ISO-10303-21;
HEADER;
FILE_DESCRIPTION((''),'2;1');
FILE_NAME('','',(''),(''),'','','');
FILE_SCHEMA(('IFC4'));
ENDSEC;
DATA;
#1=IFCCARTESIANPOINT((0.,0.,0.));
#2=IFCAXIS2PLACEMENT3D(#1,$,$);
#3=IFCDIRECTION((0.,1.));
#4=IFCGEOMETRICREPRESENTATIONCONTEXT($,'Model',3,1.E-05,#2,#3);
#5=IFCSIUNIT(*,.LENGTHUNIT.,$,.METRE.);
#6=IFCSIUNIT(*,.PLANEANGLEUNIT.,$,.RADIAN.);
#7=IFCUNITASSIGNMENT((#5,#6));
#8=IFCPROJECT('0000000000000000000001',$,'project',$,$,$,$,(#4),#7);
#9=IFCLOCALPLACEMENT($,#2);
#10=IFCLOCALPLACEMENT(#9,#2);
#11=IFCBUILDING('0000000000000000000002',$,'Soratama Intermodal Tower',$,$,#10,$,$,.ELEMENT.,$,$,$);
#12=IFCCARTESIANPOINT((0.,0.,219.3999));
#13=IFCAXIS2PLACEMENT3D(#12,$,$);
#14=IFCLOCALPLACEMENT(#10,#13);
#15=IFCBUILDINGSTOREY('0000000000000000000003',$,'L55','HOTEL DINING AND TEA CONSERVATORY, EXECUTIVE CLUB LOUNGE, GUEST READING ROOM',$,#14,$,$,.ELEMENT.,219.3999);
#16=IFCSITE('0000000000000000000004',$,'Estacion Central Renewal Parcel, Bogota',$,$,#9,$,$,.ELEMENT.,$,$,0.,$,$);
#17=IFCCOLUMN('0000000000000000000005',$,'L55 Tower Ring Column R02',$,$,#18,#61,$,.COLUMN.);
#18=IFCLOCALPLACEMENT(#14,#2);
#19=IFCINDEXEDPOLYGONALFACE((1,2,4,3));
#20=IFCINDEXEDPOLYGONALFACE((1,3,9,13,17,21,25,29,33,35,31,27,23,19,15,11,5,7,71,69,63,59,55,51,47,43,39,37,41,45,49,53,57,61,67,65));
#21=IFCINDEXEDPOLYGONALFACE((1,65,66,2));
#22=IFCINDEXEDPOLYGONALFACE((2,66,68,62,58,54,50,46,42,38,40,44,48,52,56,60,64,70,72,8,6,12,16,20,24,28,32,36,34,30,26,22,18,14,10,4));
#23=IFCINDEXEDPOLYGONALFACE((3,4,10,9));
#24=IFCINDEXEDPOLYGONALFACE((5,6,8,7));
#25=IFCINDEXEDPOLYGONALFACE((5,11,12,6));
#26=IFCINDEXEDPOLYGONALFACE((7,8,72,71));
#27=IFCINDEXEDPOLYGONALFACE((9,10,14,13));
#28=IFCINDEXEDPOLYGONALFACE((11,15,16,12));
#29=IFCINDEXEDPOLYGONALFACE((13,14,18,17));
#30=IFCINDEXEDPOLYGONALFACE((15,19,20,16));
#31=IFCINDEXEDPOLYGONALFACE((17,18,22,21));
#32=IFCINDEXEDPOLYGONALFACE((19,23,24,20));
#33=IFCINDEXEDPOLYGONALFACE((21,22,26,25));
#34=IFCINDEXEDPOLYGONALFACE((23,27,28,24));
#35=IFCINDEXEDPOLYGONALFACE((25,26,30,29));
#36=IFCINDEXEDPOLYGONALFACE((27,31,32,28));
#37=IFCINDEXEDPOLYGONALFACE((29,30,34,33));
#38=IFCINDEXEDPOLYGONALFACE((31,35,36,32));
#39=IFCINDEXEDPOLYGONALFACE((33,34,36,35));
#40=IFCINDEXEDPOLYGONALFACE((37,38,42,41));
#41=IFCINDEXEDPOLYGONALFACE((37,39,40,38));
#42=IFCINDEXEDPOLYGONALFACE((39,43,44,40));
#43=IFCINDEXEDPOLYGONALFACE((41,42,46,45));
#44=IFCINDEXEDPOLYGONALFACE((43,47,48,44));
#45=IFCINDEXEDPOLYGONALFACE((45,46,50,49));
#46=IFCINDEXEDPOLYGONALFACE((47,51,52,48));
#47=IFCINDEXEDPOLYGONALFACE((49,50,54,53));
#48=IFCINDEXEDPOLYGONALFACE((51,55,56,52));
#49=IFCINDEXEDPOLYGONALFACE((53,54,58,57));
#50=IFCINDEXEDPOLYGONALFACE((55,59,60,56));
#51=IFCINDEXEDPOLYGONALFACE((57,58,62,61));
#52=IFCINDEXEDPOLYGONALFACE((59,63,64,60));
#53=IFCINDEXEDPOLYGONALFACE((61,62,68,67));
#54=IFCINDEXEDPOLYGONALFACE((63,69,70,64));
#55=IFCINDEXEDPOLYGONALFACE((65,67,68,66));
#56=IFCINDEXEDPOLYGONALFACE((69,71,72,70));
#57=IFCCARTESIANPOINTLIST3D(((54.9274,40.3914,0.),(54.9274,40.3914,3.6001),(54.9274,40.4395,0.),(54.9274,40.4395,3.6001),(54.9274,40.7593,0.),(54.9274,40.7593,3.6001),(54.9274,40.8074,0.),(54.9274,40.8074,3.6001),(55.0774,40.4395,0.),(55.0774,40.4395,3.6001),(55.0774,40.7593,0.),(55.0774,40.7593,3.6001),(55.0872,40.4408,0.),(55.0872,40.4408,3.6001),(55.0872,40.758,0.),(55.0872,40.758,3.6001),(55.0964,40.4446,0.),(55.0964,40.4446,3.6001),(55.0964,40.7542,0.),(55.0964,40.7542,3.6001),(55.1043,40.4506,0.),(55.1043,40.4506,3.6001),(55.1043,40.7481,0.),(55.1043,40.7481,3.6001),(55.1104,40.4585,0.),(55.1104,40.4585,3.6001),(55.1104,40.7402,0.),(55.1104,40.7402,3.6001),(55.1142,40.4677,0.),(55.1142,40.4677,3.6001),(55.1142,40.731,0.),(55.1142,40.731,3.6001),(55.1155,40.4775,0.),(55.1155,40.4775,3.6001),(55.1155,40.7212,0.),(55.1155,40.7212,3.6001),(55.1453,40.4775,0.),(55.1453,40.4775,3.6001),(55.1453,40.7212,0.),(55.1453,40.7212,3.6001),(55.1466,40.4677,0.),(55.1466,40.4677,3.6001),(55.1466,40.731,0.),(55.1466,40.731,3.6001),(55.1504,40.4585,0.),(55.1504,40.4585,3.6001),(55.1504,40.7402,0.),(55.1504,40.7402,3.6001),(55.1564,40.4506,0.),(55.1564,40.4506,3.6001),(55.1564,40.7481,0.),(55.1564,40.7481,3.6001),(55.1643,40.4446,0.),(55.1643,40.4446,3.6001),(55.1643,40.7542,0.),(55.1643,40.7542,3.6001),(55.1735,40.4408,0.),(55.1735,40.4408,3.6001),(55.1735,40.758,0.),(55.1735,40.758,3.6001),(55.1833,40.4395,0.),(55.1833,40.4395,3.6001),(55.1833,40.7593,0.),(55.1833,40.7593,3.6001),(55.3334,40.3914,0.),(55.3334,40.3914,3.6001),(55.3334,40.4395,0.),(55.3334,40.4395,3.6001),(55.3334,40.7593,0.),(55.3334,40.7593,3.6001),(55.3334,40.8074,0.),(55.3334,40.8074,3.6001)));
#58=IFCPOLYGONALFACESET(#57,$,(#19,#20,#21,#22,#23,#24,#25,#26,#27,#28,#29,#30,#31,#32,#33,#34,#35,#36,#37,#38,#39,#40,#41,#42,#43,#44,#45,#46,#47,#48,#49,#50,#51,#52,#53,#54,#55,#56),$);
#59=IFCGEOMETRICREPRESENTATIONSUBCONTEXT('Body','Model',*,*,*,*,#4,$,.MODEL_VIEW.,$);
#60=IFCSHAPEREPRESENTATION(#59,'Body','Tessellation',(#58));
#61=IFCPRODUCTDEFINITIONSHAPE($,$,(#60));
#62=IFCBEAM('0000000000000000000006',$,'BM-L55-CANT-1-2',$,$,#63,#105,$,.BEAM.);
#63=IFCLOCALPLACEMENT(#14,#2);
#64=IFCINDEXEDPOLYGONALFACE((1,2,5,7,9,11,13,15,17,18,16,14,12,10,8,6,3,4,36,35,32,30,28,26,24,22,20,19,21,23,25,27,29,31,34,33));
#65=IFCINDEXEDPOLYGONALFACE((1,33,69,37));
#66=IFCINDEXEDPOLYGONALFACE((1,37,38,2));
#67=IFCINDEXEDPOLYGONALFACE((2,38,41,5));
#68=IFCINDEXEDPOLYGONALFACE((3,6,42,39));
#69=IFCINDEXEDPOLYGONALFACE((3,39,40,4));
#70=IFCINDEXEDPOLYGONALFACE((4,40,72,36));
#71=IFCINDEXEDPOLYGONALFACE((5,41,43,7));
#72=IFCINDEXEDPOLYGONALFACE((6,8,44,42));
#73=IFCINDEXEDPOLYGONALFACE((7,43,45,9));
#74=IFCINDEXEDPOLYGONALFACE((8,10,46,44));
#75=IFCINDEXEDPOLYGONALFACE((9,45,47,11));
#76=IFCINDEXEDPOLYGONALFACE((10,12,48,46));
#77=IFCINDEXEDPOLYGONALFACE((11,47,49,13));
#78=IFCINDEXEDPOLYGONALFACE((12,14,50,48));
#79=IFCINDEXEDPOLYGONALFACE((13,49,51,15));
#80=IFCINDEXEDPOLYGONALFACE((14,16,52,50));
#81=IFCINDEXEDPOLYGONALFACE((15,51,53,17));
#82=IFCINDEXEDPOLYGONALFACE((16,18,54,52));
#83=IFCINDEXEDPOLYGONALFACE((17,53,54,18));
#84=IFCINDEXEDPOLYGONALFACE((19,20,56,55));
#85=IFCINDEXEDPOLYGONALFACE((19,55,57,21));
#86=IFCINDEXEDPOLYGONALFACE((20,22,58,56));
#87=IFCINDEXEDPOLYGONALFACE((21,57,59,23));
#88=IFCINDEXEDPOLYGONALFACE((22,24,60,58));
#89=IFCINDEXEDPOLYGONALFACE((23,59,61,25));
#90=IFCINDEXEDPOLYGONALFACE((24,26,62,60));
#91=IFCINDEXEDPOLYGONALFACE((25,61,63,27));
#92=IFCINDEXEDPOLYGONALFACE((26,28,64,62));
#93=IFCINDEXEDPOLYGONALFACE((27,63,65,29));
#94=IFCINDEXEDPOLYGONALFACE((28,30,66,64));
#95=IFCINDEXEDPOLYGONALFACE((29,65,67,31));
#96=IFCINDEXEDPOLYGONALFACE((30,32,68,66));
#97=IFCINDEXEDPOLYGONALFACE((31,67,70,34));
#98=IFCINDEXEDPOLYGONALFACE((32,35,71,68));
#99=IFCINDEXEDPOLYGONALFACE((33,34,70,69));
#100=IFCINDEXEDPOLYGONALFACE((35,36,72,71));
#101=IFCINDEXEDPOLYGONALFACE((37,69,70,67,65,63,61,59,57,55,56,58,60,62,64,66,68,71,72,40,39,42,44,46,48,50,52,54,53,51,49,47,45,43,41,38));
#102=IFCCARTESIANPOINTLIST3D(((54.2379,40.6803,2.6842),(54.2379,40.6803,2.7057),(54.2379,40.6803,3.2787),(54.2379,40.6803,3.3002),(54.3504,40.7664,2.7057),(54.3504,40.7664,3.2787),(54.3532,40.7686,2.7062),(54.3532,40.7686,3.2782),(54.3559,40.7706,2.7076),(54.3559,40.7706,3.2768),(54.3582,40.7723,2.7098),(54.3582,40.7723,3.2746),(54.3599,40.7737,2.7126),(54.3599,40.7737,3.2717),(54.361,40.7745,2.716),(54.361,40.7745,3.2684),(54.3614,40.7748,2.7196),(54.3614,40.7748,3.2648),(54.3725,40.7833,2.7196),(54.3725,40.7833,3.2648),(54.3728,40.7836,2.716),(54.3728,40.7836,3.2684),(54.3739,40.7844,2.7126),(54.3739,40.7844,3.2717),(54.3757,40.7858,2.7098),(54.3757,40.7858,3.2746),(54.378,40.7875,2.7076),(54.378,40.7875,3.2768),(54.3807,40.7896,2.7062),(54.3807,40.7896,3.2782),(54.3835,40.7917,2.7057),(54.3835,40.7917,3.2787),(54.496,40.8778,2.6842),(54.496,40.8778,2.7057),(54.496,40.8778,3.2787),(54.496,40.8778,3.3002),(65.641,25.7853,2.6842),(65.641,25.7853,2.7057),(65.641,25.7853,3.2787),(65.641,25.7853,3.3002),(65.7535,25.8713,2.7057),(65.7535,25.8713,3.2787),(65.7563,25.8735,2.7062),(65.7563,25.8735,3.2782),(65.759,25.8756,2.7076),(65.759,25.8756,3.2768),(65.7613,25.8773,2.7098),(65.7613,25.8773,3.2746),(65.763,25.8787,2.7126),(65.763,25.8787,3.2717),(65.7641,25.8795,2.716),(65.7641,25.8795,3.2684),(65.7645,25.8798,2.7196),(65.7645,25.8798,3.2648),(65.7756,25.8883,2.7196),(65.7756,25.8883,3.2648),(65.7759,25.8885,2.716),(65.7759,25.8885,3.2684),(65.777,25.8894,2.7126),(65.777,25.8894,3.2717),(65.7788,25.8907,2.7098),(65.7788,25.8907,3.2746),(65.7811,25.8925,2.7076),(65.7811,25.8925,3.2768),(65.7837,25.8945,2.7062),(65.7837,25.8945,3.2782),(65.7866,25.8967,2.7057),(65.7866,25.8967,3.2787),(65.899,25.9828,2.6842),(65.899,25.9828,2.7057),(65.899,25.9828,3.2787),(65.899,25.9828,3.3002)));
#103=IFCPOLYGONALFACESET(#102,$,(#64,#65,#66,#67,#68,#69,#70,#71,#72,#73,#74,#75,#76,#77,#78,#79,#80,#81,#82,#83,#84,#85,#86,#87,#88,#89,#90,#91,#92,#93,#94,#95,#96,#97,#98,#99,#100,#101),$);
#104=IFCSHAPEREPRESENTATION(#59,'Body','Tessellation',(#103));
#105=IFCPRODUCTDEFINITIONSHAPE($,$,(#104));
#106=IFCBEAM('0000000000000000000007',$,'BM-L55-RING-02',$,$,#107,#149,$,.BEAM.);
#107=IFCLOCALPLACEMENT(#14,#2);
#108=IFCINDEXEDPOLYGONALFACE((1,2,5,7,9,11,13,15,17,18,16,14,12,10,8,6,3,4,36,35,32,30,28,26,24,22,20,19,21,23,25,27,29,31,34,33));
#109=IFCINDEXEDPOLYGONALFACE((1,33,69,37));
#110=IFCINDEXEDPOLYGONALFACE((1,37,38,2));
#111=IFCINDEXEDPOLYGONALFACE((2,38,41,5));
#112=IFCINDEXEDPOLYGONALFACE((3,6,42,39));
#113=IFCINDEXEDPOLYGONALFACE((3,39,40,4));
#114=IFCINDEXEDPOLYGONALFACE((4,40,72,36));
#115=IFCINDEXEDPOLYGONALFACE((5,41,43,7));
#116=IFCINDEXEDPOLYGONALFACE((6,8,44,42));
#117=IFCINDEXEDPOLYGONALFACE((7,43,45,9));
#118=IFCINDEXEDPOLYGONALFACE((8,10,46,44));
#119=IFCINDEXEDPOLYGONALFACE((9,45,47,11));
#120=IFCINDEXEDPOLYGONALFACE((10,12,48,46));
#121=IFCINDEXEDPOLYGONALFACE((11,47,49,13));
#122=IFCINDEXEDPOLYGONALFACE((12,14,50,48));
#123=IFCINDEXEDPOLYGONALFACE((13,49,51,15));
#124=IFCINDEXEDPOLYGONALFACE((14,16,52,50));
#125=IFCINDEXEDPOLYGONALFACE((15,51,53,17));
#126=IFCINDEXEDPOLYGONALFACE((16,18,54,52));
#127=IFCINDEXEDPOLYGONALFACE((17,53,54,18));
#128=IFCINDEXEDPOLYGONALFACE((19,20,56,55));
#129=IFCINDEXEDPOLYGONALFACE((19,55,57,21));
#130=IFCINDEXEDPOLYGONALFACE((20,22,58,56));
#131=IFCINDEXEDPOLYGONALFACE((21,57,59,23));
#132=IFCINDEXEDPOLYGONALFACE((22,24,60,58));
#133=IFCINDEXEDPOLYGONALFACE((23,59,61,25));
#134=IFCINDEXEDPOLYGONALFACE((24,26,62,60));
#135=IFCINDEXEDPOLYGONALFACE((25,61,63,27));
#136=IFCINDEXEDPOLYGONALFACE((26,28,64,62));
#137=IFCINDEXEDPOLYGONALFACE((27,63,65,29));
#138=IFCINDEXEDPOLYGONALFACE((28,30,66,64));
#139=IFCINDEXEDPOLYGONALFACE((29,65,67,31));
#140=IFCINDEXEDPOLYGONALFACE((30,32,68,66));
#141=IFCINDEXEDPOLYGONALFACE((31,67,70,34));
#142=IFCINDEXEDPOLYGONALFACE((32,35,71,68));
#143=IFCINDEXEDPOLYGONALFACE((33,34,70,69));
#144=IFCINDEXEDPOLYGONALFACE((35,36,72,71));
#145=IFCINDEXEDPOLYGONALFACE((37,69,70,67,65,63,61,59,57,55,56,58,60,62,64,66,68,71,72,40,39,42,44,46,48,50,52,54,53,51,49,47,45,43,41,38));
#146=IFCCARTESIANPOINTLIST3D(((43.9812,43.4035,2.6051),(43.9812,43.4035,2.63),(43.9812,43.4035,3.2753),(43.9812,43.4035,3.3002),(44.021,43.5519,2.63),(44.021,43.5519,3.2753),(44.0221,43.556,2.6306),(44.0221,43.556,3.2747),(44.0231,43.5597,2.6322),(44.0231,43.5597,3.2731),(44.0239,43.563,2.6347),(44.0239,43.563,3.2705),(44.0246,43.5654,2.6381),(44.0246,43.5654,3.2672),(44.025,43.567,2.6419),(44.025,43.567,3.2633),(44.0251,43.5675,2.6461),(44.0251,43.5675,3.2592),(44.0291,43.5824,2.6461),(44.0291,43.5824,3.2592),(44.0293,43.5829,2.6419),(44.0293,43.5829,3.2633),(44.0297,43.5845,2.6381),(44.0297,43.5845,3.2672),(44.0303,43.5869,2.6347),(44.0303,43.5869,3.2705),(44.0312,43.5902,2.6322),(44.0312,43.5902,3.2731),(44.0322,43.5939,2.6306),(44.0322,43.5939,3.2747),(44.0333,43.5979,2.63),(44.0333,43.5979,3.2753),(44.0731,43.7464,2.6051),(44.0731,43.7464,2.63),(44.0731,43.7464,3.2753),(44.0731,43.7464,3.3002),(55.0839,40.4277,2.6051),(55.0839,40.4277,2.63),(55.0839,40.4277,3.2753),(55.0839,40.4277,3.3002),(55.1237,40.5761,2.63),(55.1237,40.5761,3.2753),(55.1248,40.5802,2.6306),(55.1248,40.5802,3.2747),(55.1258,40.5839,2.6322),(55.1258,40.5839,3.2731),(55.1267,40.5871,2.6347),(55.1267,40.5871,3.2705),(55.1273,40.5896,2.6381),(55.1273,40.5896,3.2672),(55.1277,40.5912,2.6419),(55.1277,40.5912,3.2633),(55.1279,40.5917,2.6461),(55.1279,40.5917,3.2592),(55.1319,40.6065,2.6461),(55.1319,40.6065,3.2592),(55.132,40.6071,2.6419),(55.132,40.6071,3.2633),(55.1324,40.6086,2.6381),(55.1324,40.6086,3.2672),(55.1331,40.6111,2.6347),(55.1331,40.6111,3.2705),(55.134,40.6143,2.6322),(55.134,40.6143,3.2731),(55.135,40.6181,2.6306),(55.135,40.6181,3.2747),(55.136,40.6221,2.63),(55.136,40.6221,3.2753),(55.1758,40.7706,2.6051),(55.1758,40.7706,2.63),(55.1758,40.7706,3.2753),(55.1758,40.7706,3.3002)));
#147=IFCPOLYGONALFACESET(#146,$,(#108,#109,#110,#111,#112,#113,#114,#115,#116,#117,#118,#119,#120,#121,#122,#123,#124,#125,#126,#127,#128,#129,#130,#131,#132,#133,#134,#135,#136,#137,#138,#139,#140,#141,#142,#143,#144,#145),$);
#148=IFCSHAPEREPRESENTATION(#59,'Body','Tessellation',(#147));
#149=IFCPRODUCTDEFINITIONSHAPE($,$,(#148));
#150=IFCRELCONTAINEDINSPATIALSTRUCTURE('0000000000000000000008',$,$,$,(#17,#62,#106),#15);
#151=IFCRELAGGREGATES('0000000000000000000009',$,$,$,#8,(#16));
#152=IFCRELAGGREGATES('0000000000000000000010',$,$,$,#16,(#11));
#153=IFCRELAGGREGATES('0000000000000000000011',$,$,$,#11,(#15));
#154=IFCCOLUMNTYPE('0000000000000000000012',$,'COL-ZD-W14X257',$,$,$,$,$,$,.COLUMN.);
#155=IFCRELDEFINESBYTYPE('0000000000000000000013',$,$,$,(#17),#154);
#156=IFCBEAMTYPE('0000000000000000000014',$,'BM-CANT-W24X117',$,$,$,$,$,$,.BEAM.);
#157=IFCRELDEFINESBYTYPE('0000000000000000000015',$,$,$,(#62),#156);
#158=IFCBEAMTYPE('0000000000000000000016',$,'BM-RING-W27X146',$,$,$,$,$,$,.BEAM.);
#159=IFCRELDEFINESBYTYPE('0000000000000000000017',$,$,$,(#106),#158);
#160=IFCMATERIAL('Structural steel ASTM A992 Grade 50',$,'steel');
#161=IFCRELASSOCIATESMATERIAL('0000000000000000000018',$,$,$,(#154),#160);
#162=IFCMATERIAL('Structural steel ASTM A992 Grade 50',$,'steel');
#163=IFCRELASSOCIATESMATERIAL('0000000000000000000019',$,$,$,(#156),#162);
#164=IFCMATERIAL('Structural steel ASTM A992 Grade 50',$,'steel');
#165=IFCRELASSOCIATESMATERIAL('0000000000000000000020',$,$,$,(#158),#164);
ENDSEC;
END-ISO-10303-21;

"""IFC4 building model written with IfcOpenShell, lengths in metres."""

from ifc_helpers import new_model, si_unit, direction, frame, origin, origin_2d, place, context, subcontext, project, spatial, i_section, extrude, material, material_profile, profile_set, type_object, element, save


model = new_model("IFC4")

# Units and contexts
model_context = context("Model", 3, precision=1e-05, world=origin(), true_north=direction((0.0, 1.0)))
body_context = subcontext(model_context, "Body", "Model", "MODEL_VIEW")
ifc_project = project(units=[si_unit("LENGTHUNIT", "METRE"), si_unit("PLANEANGLEUNIT", "RADIAN")], contexts=[model_context])

# Site, building, storey
site_placement = place(None, origin())
site = spatial("IfcSite", under=ifc_project, at=site_placement, Name="Estacion Central Renewal Parcel, Bogota", CompositionType="ELEMENT", RefElevation=0.0)
building_placement = place(site_placement, origin())
building = spatial("IfcBuilding", under=site, at=building_placement, Name="Soratama Intermodal Tower", CompositionType="ELEMENT")
storey_placement = place(building_placement, frame((0.0, 0.0, 219.3999)))
storey = spatial("IfcBuildingStorey", under=building, at=storey_placement, Name="L55", Description="HOTEL DINING AND TEA CONSERVATORY, EXECUTIVE CLUB LOUNGE, GUEST READING ROOM", CompositionType="ELEMENT", Elevation=219.3999)

# Column
ifc_material_1 = material(Name="Structural steel ASTM A992 Grade 50", Category="steel")
ifc_material_profile_1 = material_profile(ifc_material_1, i_section(OverallWidth=0.406, OverallDepth=0.416, WebThickness=0.0298, FlangeThickness=0.0481, FilletRadius=0.0381, at=origin_2d()), Name="W14X257")
ifc_profile_set_1 = profile_set([ifc_material_profile_1], Name="Structural steel ASTM A992 Grade 50")
column_type = type_object("IfcColumnType", Name="COL-ZD-W14X257", PredefinedType="COLUMN", material=ifc_profile_set_1)
column_placement = place(storey_placement, frame((55.1304, 40.5994, 0.0), z_axis=(0.0, 0.0, 1.0), x_axis=(1.0, 0.0, 0.0)))
element("IfcColumn", 1, at=column_placement, inside=storey, type_object=column_type, Name="L55 Tower Ring Column R02", PredefinedType="COLUMN", context=body_context, shape_type="SweptSolid", body=[
    extrude(i_section(OverallWidth=0.406, OverallDepth=0.416, WebThickness=0.0298, FlangeThickness=0.0481, FilletRadius=0.0381, at=origin_2d()), origin(), (0.0, 0.0, 1.0), 3.6001),
])

# Beams
ifc_material_2 = material(Name="Structural steel ASTM A992 Grade 50", Category="steel")
ifc_material_profile_2 = material_profile(ifc_material_2, i_section(OverallWidth=0.325, OverallDepth=0.616, WebThickness=0.0139, FlangeThickness=0.0215, FilletRadius=0.0139, at=origin_2d()), Name="W24X117")
ifc_profile_set_2 = profile_set([ifc_material_profile_2], Name="Structural steel ASTM A992 Grade 50")
beam_type_1 = type_object("IfcBeamType", Name="BM-CANT-W24X117", PredefinedType="BEAM", material=ifc_profile_set_2)
beam_1_placement = place(storey_placement, frame((54.3669, 40.7791, 2.9922), z_axis=(0.607879, -0.794029, 0.0), x_axis=(0.794029, 0.607879, 0.0)))
element("IfcBeam", 2, at=beam_1_placement, inside=storey, type_object=beam_type_1, Name="BM-L55-CANT-1-2", PredefinedType="BEAM", context=body_context, shape_type="SweptSolid", body=[
    extrude(i_section(OverallWidth=0.325, OverallDepth=0.616, WebThickness=0.0139, FlangeThickness=0.0215, FilletRadius=0.0139, at=origin_2d()), origin(), (0.0, 0.0, 1.0), 18.7588),
])
ifc_material_3 = material(Name="Structural steel ASTM A992 Grade 50", Category="steel")
ifc_material_profile_3 = material_profile(ifc_material_3, i_section(OverallWidth=0.355, OverallDepth=0.6951, WebThickness=0.0154, FlangeThickness=0.0249, FilletRadius=0.0161, at=origin_2d()), Name="W27X146")
ifc_profile_set_3 = profile_set([ifc_material_profile_3], Name="Structural steel ASTM A992 Grade 50")
beam_type_2 = type_object("IfcBeamType", Name="BM-RING-W27X146", PredefinedType="BEAM", material=ifc_profile_set_3)
beam_2_placement = place(storey_placement, frame((55.1299, 40.5991, 2.9526), z_axis=(-0.965907, 0.258888, 0.0), x_axis=(-0.258888, -0.965907, 0.0)))
element("IfcBeam", 3, at=beam_2_placement, inside=storey, type_object=beam_type_2, Name="BM-L55-RING-02", PredefinedType="BEAM", context=body_context, shape_type="SweptSolid", body=[
    extrude(i_section(OverallWidth=0.355, OverallDepth=0.6951, WebThickness=0.0154, FlangeThickness=0.0249, FilletRadius=0.0161, at=origin_2d()), origin(), (0.0, 0.0, 1.0), 11.4946),
])

save(model, "model.ifc")
